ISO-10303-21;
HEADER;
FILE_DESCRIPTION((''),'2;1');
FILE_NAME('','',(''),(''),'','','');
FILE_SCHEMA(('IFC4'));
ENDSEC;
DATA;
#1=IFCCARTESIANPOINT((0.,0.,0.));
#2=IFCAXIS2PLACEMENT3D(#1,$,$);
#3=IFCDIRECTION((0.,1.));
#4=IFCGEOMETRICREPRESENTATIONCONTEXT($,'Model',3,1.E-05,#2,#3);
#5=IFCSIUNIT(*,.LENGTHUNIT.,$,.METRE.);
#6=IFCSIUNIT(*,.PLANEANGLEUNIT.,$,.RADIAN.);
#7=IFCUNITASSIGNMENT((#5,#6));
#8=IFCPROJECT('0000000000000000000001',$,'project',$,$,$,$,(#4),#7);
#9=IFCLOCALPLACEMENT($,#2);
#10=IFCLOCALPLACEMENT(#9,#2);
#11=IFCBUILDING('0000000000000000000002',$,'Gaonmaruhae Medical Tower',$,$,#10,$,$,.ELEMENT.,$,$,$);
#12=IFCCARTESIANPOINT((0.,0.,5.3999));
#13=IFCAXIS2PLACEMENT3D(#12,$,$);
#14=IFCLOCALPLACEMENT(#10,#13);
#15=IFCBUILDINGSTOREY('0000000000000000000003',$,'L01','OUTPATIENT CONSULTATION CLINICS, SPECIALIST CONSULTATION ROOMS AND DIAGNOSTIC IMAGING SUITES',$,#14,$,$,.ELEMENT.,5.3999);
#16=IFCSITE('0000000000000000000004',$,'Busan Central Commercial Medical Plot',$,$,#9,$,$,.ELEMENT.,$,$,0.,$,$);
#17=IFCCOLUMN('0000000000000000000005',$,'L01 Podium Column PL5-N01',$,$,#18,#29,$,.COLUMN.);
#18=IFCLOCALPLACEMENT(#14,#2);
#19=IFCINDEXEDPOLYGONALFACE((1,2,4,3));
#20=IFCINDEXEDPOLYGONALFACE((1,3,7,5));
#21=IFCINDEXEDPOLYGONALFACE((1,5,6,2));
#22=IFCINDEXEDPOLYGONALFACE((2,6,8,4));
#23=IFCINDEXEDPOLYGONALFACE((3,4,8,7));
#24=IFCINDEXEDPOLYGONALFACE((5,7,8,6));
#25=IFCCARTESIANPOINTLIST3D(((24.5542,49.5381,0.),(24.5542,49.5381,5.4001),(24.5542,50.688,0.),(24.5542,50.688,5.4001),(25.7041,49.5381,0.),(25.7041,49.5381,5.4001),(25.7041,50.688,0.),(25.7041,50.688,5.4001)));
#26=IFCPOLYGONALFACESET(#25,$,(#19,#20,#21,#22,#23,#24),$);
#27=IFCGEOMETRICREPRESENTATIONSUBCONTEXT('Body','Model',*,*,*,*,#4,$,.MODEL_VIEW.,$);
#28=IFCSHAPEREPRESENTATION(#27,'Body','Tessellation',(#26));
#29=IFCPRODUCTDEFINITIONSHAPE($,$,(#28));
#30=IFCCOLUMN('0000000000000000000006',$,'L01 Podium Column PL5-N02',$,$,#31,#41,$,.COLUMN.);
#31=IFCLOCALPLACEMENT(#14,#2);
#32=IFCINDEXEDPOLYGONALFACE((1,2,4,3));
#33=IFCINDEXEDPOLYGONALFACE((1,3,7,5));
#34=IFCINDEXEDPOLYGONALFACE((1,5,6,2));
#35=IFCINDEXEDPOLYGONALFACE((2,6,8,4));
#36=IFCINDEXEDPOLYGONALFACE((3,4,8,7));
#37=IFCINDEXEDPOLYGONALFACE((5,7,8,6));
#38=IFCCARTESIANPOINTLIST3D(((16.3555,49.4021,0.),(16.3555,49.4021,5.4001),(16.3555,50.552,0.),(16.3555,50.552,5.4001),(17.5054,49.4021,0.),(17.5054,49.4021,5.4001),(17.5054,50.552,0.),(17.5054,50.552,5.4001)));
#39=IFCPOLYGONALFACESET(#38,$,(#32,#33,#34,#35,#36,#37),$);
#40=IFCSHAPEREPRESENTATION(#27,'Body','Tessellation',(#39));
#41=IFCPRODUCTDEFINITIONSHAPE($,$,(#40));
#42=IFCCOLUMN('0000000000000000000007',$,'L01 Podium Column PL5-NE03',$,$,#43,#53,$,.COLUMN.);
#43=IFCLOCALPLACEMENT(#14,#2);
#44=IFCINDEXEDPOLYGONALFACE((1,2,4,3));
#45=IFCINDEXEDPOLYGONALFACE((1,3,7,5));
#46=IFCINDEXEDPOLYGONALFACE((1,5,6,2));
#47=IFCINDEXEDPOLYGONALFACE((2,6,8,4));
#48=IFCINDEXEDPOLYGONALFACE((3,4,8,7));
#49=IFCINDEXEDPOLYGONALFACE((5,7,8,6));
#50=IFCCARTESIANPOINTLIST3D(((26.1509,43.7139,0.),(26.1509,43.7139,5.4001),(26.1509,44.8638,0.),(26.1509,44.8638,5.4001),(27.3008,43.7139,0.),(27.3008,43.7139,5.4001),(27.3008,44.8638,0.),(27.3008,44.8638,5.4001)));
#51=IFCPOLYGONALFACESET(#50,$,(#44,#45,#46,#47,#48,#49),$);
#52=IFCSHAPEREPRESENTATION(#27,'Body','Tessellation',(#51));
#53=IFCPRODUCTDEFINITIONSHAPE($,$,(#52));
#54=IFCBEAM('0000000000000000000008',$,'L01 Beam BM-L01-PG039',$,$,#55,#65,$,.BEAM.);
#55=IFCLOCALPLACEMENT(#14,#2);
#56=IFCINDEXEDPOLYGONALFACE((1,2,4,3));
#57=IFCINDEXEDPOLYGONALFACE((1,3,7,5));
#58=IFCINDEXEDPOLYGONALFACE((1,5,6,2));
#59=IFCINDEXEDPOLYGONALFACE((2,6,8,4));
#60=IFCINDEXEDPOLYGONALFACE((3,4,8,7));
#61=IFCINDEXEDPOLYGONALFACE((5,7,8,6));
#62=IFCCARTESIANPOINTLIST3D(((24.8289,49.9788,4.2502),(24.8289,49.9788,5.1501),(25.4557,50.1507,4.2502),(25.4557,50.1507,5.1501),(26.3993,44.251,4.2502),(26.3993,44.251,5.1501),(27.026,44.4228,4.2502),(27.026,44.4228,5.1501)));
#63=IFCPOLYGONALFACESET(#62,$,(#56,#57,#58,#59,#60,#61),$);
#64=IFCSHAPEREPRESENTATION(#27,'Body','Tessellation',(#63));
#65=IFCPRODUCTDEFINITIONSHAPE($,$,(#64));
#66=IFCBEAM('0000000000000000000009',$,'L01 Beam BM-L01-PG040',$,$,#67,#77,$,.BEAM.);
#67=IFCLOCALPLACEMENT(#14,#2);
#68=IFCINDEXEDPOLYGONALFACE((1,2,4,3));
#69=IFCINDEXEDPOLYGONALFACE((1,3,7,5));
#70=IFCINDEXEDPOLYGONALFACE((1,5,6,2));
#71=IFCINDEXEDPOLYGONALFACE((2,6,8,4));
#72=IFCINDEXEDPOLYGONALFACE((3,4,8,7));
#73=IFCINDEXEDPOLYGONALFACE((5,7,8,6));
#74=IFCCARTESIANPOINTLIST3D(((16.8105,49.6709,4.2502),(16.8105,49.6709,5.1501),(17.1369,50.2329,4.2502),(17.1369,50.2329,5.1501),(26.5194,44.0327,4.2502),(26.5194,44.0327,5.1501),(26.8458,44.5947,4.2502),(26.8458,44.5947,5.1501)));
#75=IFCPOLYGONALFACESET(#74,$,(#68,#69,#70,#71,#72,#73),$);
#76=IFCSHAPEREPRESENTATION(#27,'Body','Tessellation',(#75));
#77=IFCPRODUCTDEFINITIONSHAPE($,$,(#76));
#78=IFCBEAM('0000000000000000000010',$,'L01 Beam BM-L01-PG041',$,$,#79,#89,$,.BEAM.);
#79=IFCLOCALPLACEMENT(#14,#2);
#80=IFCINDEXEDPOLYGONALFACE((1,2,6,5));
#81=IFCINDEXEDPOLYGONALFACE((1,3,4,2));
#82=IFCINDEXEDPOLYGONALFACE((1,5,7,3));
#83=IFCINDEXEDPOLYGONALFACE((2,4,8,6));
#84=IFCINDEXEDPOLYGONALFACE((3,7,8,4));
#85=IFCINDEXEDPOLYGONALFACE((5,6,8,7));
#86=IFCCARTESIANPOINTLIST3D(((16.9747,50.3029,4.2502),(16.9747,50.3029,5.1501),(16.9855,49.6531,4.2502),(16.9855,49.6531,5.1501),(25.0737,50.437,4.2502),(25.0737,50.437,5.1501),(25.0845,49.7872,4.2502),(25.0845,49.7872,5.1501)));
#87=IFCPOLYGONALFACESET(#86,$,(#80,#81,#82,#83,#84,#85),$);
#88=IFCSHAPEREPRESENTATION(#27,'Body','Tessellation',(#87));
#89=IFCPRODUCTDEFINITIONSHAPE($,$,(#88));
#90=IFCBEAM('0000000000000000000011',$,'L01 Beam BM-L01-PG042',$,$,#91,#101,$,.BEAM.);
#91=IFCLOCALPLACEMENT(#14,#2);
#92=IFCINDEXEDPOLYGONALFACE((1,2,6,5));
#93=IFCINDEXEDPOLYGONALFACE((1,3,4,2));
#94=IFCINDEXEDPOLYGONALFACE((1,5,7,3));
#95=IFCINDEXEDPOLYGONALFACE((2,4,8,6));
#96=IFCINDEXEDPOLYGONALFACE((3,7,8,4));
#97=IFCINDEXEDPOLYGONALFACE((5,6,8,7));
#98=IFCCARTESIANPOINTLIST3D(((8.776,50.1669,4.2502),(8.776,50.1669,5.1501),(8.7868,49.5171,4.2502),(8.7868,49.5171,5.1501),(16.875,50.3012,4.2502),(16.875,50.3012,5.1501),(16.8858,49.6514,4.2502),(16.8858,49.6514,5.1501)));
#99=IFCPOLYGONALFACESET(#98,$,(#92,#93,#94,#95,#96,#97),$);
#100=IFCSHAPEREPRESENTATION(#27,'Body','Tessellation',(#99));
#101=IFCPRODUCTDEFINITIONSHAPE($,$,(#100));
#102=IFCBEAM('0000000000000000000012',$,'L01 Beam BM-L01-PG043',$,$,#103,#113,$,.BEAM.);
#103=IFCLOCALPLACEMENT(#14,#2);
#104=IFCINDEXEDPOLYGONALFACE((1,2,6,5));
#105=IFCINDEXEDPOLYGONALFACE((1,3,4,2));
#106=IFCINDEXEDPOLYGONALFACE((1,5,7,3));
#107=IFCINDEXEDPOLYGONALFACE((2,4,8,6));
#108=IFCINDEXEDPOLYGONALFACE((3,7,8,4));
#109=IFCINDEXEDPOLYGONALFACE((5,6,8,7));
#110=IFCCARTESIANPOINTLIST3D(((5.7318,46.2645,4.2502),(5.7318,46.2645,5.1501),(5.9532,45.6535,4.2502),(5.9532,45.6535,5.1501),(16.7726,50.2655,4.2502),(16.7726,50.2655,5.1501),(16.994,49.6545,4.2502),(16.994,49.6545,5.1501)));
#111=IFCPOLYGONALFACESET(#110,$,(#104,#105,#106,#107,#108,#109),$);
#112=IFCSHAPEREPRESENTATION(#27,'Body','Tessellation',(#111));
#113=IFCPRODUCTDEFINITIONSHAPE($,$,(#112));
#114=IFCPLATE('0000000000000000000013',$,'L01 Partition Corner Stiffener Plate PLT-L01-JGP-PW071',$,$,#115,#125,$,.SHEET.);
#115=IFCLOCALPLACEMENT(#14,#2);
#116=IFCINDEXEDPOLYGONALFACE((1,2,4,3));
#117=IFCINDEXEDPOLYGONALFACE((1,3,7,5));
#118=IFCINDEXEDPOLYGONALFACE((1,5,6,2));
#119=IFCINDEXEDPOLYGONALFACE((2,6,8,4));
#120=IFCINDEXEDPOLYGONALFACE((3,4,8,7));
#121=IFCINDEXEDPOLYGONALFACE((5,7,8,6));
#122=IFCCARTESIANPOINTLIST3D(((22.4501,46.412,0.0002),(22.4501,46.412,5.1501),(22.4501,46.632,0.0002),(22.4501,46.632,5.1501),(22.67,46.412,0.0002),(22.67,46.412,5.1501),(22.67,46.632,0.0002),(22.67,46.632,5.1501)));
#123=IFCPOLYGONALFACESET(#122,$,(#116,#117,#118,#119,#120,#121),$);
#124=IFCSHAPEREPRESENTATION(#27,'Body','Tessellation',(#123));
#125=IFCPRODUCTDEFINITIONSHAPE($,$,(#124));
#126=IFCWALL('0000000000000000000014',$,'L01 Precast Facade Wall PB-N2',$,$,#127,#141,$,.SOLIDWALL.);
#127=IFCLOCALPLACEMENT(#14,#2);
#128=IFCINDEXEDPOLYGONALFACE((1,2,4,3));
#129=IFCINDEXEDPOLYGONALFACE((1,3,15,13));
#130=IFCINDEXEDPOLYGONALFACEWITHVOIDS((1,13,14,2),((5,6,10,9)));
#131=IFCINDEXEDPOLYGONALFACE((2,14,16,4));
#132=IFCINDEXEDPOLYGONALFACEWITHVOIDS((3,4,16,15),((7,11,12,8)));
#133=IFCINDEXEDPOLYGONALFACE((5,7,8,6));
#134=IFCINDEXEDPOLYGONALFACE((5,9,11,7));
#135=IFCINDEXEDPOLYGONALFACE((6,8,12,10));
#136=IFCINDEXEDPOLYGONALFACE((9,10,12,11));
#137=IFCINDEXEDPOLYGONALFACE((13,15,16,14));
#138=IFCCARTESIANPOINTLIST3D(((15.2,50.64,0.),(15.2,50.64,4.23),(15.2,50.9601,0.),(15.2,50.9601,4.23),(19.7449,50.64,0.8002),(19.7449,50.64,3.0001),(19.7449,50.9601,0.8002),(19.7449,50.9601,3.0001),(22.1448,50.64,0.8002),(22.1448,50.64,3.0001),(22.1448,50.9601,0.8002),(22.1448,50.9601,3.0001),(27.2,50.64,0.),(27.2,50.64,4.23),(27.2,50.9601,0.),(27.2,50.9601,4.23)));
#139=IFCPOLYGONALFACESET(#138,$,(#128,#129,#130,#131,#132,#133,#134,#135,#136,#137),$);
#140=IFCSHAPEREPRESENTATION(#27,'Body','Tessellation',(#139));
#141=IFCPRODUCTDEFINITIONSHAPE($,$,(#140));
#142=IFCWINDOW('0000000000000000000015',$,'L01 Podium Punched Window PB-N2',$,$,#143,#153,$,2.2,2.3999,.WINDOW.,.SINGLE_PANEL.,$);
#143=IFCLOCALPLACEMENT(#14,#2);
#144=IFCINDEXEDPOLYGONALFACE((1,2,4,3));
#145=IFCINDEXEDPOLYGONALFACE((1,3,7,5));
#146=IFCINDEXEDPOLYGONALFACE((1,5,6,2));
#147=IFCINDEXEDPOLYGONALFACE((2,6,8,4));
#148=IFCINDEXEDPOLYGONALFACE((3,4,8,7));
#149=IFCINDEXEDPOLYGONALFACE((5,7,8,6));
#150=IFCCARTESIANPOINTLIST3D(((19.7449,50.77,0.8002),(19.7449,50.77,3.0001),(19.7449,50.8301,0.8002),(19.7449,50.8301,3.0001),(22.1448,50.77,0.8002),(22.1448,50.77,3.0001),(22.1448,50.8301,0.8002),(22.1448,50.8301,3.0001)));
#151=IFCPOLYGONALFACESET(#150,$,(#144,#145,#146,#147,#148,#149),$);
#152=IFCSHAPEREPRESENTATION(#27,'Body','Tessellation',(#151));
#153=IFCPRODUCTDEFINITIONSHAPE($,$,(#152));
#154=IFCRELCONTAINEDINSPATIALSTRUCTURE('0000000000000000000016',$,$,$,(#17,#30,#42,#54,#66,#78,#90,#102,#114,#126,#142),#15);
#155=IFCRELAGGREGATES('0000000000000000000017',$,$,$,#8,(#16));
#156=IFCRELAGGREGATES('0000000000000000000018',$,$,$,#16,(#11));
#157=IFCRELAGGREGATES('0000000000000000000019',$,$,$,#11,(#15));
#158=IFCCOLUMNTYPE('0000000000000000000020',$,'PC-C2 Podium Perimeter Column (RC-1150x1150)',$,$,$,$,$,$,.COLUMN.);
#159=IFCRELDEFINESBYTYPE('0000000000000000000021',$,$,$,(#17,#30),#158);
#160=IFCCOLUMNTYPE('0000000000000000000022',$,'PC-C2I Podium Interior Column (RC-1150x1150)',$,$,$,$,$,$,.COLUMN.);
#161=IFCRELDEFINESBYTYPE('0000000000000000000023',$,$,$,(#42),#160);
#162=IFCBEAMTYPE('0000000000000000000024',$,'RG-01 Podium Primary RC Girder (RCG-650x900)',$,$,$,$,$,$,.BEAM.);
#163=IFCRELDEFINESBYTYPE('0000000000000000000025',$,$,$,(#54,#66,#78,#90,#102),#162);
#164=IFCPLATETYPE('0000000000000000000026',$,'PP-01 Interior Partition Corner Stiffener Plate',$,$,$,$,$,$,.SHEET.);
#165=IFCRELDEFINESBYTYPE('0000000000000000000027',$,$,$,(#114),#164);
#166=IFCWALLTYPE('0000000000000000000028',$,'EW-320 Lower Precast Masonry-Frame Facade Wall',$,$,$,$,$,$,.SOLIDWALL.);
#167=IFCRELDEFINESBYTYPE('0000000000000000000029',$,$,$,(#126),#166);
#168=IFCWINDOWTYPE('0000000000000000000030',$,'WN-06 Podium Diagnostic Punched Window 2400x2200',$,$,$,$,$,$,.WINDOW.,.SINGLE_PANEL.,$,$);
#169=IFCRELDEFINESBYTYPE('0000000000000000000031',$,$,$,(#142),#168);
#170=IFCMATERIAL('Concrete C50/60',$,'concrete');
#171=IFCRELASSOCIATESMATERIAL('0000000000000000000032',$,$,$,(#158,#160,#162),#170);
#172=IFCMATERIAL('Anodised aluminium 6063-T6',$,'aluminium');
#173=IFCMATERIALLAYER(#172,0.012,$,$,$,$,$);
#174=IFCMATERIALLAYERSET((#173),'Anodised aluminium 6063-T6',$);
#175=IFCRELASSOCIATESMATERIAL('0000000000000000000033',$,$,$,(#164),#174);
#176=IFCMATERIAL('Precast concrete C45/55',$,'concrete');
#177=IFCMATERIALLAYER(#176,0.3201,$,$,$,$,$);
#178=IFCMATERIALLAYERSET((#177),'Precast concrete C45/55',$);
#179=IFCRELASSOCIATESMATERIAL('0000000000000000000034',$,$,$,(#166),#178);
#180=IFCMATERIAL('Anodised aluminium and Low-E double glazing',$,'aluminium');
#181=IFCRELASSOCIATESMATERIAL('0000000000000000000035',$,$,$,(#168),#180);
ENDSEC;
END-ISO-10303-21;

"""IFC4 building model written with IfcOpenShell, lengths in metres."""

from ifc_helpers import new_model, si_unit, direction, frame, frame_2d, origin, origin_2d, place, context, subcontext, project, spatial, rectangle, extrude, material, layer, layer_set, material_profile, profile_set, type_object, element, fill, save


model = new_model("IFC4")

# Units and contexts
model_context = context("Model", 3, precision=1e-05, world=origin(), true_north=direction((0.0, 1.0)))
body_context = subcontext(model_context, "Body", "Model", "MODEL_VIEW")
ifc_project = project(units=[si_unit("LENGTHUNIT", "METRE"), si_unit("PLANEANGLEUNIT", "RADIAN")], contexts=[model_context])

# Site, building, storey
site_placement = place(None, origin())
site = spatial("IfcSite", under=ifc_project, at=site_placement, Name="Busan Central Commercial Medical Plot", CompositionType="ELEMENT", RefElevation=0.0)
building_placement = place(site_placement, origin())
building = spatial("IfcBuilding", under=site, at=building_placement, Name="Gaonmaruhae Medical Tower", CompositionType="ELEMENT")
storey_placement = place(building_placement, frame((0.0, 0.0, 5.3999)))
storey = spatial("IfcBuildingStorey", under=building, at=storey_placement, Name="L01", Description="OUTPATIENT CONSULTATION CLINICS, SPECIALIST CONSULTATION ROOMS AND DIAGNOSTIC IMAGING SUITES", CompositionType="ELEMENT", Elevation=5.3999)

# Columns
ifc_material_1 = material(Name="Concrete C50/60", Category="concrete")
ifc_material_profile_1 = material_profile(ifc_material_1, rectangle(XDim=1.1499, YDim=1.1499, at=origin_2d()), Name="RC-1150x1150")
ifc_profile_set_1 = profile_set([ifc_material_profile_1], Name="Concrete C50/60")
column_type_1 = type_object("IfcColumnType", Name="PC-C2 Podium Perimeter Column (RC-1150x1150)", PredefinedType="COLUMN", material=ifc_profile_set_1)
for number, where, z_axis, x_axis, name in (
    (1, (25.1292, 50.113, 0.0), (0.0, 0.0, 1.0), (1.0, 0.0, 0.0), "L01 Podium Column PL5-N01"),
    (2, (16.9304, 49.9771, 0.0), (0.0, 0.0, 1.0), (1.0, 0.0, 0.0), "L01 Podium Column PL5-N02"),
):
    element("IfcColumn", number, at=place(storey_placement, frame(where, z_axis=z_axis, x_axis=x_axis)), inside=storey, type_object=column_type_1, Name=name, PredefinedType="COLUMN", context=body_context, shape_type="SweptSolid", body=[
        extrude(rectangle(XDim=1.1499, YDim=1.1499, at=origin_2d()), origin(), (0.0, 0.0, 1.0), 5.4001),
    ])
ifc_material_profile_2 = material_profile(ifc_material_1, rectangle(XDim=1.1499, YDim=1.1499, at=origin_2d()), Name="RC-1150x1150")
ifc_profile_set_2 = profile_set([ifc_material_profile_2], Name="Concrete C50/60")
column_type_2 = type_object("IfcColumnType", Name="PC-C2I Podium Interior Column (RC-1150x1150)", PredefinedType="COLUMN", material=ifc_profile_set_2)
column_placement = place(storey_placement, frame((26.7258, 44.2888, 0.0), z_axis=(0.0, 0.0, 1.0), x_axis=(1.0, 0.0, 0.0)))
element("IfcColumn", 3, at=column_placement, inside=storey, type_object=column_type_2, Name="L01 Podium Column PL5-NE03", PredefinedType="COLUMN", context=body_context, shape_type="SweptSolid", body=[
    extrude(rectangle(XDim=1.1499, YDim=1.1499, at=origin_2d()), origin(), (0.0, 0.0, 1.0), 5.4001),
])

# Beams
ifc_material_profile_3 = material_profile(ifc_material_1, rectangle(XDim=0.6499, YDim=0.8999, at=origin_2d()), Name="RCG-650x900")
ifc_profile_set_3 = profile_set([ifc_material_profile_3], Name="Concrete C50/60")
beam_type = type_object("IfcBeamType", Name="RG-01 Podium Primary RC Girder (RCG-650x900)", PredefinedType="BEAM", material=ifc_profile_set_3)
beam_1_placement = place(storey_placement, frame((26.7126, 44.3369, 4.7002), z_axis=(-0.264401, 0.964413, 0.0), x_axis=(-0.964413, -0.264401, 0.0)))
element("IfcBeam", 4, at=beam_1_placement, inside=storey, type_object=beam_type, Name="L01 Beam BM-L01-PG039", PredefinedType="BEAM", context=body_context, shape_type="SweptSolid", body=[
    extrude(rectangle(XDim=0.6499, YDim=0.8999, at=origin_2d()), origin(), (0.0, 0.0, 1.0), 5.9392),
])
beam_2_placement = place(storey_placement, frame((26.6826, 44.3137, 4.7002), z_axis=(-0.864762, 0.502183, 0.0), x_axis=(-0.502183, -0.864762, 0.0)))
element("IfcBeam", 5, at=beam_2_placement, inside=storey, type_object=beam_type, Name="L01 Beam BM-L01-PG040", PredefinedType="BEAM", context=body_context, shape_type="SweptSolid", body=[
    extrude(rectangle(XDim=0.6499, YDim=0.8999, at=origin_2d()), origin(), (0.0, 0.0, 1.0), 11.2273),
])
for number, where, z_axis, x_axis, name in (
    (6, (25.0791, 50.1121, 4.7002), (-0.999863, -0.016547, 0.0), (0.016547, -0.999863, 0.0), "L01 Beam BM-L01-PG041"),
    (7, (16.8804, 49.9763, 4.7002), (-0.999863, -0.016577, 0.0), (0.016577, -0.999863, 0.0), "L01 Beam BM-L01-PG042"),
):
    element("IfcBeam", number, at=place(storey_placement, frame(where, z_axis=z_axis, x_axis=x_axis)), inside=storey, type_object=beam_type, Name=name, PredefinedType="BEAM", context=body_context, shape_type="SweptSolid", body=[
        extrude(rectangle(XDim=0.6499, YDim=0.8999, at=origin_2d()), origin(), (0.0, 0.0, 1.0), 8.1001),
    ])
beam_3_placement = place(storey_placement, frame((16.8833, 49.96, 4.7002), z_axis=(-0.940172, -0.340701, 0.0), x_axis=(0.340701, -0.940172, 0.0)))
element("IfcBeam", 8, at=beam_3_placement, inside=storey, type_object=beam_type, Name="L01 Beam BM-L01-PG043", PredefinedType="BEAM", context=body_context, shape_type="SweptSolid", body=[
    extrude(rectangle(XDim=0.6499, YDim=0.8999, at=origin_2d()), origin(), (0.0, 0.0, 1.0), 11.7434),
])

# Plate
ifc_material_2 = material(Name="Anodised aluminium 6063-T6", Category="aluminium")
ifc_layer_1 = layer(ifc_material_2, 0.012)
ifc_layer_set_1 = layer_set([ifc_layer_1], Name="Anodised aluminium 6063-T6")
plate_type = type_object("IfcPlateType", Name="PP-01 Interior Partition Corner Stiffener Plate", PredefinedType="SHEET", material=ifc_layer_set_1)
plate_placement = place(storey_placement, frame((22.5601, 46.522, 0.0002), z_axis=(0.0, 0.0, 1.0), x_axis=(0.0, 1.0, 0.0)))
element("IfcPlate", 9, at=plate_placement, inside=storey, type_object=plate_type, Name="L01 Partition Corner Stiffener Plate PLT-L01-JGP-PW071", PredefinedType="SHEET", context=body_context, shape_type="SweptSolid", body=[
    extrude(rectangle(XDim=0.22, YDim=0.22, at=origin_2d()), origin(), (0.0, 0.0, 1.0), 5.1499),
])

# Wall, opening, window
ifc_material_3 = material(Name="Precast concrete C45/55", Category="concrete")
ifc_layer_2 = layer(ifc_material_3, 0.3201)
ifc_layer_set_2 = layer_set([ifc_layer_2], Name="Precast concrete C45/55")
wall_type_1 = type_object("IfcWallType", Name="EW-320 Lower Precast Masonry-Frame Facade Wall", PredefinedType="SOLIDWALL", material=ifc_layer_set_2)
wall_1_placement = place(storey_placement, frame((15.2, 50.8, 0.0), z_axis=(0.0, 0.0, 1.0), x_axis=(1.0, 0.0, 0.0)))
wall_1 = element("IfcWall", 10, at=wall_1_placement, inside=storey, type_object=wall_type_1, Name="L01 Precast Facade Wall PB-N2", PredefinedType="SOLIDWALL", context=body_context, shape_type="SweptSolid", body=[
    extrude(rectangle(XDim=12.0, YDim=0.3201, at=frame_2d((6.0, 0.0))), origin(), (0.0, 0.0, 1.0), 4.23),
])
opening_1_placement = place(wall_1_placement, frame((4.5449, 0.0, 0.8)))
opening_1 = element("IfcOpeningElement", 11, at=opening_1_placement, cuts=wall_1, PredefinedType="OPENING", context=body_context, shape_type="SweptSolid", body=[
    extrude(rectangle(XDim=2.3999, YDim=2.2, at=frame_2d((1.2, 1.1001))), frame((0.0, 0.1699, 0.0), z_axis=(0.0, -1.0, 0.0), x_axis=(1.0, 0.0, 0.0)), (0.0, 0.0, 1.0), 0.3401),
])
ifc_material_4 = material(Name="Anodised aluminium and Low-E double glazing", Category="aluminium")
window_type = type_object("IfcWindowType", Name="WN-06 Podium Diagnostic Punched Window 2400x2200", PartitioningType="SINGLE_PANEL", PredefinedType="WINDOW", material=ifc_material_4)
window_placement = place(opening_1_placement, origin())
window = element("IfcWindow", 12, at=window_placement, inside=storey, type_object=window_type, Name="L01 Podium Punched Window PB-N2", OverallHeight=2.2, OverallWidth=2.3999, PartitioningType="SINGLE_PANEL", PredefinedType="WINDOW", context=body_context, shape_type="SweptSolid", body=[
    extrude(rectangle(XDim=2.3999, YDim=2.2, at=frame_2d((1.2, 1.1001))), frame((0.0, 0.03, 0.0), z_axis=(0.0, -1.0, 0.0), x_axis=(1.0, 0.0, 0.0)), (0.0, 0.0, 1.0), 0.0601),
])
fill(opening_1, window)

save(model, "model.ifc")
